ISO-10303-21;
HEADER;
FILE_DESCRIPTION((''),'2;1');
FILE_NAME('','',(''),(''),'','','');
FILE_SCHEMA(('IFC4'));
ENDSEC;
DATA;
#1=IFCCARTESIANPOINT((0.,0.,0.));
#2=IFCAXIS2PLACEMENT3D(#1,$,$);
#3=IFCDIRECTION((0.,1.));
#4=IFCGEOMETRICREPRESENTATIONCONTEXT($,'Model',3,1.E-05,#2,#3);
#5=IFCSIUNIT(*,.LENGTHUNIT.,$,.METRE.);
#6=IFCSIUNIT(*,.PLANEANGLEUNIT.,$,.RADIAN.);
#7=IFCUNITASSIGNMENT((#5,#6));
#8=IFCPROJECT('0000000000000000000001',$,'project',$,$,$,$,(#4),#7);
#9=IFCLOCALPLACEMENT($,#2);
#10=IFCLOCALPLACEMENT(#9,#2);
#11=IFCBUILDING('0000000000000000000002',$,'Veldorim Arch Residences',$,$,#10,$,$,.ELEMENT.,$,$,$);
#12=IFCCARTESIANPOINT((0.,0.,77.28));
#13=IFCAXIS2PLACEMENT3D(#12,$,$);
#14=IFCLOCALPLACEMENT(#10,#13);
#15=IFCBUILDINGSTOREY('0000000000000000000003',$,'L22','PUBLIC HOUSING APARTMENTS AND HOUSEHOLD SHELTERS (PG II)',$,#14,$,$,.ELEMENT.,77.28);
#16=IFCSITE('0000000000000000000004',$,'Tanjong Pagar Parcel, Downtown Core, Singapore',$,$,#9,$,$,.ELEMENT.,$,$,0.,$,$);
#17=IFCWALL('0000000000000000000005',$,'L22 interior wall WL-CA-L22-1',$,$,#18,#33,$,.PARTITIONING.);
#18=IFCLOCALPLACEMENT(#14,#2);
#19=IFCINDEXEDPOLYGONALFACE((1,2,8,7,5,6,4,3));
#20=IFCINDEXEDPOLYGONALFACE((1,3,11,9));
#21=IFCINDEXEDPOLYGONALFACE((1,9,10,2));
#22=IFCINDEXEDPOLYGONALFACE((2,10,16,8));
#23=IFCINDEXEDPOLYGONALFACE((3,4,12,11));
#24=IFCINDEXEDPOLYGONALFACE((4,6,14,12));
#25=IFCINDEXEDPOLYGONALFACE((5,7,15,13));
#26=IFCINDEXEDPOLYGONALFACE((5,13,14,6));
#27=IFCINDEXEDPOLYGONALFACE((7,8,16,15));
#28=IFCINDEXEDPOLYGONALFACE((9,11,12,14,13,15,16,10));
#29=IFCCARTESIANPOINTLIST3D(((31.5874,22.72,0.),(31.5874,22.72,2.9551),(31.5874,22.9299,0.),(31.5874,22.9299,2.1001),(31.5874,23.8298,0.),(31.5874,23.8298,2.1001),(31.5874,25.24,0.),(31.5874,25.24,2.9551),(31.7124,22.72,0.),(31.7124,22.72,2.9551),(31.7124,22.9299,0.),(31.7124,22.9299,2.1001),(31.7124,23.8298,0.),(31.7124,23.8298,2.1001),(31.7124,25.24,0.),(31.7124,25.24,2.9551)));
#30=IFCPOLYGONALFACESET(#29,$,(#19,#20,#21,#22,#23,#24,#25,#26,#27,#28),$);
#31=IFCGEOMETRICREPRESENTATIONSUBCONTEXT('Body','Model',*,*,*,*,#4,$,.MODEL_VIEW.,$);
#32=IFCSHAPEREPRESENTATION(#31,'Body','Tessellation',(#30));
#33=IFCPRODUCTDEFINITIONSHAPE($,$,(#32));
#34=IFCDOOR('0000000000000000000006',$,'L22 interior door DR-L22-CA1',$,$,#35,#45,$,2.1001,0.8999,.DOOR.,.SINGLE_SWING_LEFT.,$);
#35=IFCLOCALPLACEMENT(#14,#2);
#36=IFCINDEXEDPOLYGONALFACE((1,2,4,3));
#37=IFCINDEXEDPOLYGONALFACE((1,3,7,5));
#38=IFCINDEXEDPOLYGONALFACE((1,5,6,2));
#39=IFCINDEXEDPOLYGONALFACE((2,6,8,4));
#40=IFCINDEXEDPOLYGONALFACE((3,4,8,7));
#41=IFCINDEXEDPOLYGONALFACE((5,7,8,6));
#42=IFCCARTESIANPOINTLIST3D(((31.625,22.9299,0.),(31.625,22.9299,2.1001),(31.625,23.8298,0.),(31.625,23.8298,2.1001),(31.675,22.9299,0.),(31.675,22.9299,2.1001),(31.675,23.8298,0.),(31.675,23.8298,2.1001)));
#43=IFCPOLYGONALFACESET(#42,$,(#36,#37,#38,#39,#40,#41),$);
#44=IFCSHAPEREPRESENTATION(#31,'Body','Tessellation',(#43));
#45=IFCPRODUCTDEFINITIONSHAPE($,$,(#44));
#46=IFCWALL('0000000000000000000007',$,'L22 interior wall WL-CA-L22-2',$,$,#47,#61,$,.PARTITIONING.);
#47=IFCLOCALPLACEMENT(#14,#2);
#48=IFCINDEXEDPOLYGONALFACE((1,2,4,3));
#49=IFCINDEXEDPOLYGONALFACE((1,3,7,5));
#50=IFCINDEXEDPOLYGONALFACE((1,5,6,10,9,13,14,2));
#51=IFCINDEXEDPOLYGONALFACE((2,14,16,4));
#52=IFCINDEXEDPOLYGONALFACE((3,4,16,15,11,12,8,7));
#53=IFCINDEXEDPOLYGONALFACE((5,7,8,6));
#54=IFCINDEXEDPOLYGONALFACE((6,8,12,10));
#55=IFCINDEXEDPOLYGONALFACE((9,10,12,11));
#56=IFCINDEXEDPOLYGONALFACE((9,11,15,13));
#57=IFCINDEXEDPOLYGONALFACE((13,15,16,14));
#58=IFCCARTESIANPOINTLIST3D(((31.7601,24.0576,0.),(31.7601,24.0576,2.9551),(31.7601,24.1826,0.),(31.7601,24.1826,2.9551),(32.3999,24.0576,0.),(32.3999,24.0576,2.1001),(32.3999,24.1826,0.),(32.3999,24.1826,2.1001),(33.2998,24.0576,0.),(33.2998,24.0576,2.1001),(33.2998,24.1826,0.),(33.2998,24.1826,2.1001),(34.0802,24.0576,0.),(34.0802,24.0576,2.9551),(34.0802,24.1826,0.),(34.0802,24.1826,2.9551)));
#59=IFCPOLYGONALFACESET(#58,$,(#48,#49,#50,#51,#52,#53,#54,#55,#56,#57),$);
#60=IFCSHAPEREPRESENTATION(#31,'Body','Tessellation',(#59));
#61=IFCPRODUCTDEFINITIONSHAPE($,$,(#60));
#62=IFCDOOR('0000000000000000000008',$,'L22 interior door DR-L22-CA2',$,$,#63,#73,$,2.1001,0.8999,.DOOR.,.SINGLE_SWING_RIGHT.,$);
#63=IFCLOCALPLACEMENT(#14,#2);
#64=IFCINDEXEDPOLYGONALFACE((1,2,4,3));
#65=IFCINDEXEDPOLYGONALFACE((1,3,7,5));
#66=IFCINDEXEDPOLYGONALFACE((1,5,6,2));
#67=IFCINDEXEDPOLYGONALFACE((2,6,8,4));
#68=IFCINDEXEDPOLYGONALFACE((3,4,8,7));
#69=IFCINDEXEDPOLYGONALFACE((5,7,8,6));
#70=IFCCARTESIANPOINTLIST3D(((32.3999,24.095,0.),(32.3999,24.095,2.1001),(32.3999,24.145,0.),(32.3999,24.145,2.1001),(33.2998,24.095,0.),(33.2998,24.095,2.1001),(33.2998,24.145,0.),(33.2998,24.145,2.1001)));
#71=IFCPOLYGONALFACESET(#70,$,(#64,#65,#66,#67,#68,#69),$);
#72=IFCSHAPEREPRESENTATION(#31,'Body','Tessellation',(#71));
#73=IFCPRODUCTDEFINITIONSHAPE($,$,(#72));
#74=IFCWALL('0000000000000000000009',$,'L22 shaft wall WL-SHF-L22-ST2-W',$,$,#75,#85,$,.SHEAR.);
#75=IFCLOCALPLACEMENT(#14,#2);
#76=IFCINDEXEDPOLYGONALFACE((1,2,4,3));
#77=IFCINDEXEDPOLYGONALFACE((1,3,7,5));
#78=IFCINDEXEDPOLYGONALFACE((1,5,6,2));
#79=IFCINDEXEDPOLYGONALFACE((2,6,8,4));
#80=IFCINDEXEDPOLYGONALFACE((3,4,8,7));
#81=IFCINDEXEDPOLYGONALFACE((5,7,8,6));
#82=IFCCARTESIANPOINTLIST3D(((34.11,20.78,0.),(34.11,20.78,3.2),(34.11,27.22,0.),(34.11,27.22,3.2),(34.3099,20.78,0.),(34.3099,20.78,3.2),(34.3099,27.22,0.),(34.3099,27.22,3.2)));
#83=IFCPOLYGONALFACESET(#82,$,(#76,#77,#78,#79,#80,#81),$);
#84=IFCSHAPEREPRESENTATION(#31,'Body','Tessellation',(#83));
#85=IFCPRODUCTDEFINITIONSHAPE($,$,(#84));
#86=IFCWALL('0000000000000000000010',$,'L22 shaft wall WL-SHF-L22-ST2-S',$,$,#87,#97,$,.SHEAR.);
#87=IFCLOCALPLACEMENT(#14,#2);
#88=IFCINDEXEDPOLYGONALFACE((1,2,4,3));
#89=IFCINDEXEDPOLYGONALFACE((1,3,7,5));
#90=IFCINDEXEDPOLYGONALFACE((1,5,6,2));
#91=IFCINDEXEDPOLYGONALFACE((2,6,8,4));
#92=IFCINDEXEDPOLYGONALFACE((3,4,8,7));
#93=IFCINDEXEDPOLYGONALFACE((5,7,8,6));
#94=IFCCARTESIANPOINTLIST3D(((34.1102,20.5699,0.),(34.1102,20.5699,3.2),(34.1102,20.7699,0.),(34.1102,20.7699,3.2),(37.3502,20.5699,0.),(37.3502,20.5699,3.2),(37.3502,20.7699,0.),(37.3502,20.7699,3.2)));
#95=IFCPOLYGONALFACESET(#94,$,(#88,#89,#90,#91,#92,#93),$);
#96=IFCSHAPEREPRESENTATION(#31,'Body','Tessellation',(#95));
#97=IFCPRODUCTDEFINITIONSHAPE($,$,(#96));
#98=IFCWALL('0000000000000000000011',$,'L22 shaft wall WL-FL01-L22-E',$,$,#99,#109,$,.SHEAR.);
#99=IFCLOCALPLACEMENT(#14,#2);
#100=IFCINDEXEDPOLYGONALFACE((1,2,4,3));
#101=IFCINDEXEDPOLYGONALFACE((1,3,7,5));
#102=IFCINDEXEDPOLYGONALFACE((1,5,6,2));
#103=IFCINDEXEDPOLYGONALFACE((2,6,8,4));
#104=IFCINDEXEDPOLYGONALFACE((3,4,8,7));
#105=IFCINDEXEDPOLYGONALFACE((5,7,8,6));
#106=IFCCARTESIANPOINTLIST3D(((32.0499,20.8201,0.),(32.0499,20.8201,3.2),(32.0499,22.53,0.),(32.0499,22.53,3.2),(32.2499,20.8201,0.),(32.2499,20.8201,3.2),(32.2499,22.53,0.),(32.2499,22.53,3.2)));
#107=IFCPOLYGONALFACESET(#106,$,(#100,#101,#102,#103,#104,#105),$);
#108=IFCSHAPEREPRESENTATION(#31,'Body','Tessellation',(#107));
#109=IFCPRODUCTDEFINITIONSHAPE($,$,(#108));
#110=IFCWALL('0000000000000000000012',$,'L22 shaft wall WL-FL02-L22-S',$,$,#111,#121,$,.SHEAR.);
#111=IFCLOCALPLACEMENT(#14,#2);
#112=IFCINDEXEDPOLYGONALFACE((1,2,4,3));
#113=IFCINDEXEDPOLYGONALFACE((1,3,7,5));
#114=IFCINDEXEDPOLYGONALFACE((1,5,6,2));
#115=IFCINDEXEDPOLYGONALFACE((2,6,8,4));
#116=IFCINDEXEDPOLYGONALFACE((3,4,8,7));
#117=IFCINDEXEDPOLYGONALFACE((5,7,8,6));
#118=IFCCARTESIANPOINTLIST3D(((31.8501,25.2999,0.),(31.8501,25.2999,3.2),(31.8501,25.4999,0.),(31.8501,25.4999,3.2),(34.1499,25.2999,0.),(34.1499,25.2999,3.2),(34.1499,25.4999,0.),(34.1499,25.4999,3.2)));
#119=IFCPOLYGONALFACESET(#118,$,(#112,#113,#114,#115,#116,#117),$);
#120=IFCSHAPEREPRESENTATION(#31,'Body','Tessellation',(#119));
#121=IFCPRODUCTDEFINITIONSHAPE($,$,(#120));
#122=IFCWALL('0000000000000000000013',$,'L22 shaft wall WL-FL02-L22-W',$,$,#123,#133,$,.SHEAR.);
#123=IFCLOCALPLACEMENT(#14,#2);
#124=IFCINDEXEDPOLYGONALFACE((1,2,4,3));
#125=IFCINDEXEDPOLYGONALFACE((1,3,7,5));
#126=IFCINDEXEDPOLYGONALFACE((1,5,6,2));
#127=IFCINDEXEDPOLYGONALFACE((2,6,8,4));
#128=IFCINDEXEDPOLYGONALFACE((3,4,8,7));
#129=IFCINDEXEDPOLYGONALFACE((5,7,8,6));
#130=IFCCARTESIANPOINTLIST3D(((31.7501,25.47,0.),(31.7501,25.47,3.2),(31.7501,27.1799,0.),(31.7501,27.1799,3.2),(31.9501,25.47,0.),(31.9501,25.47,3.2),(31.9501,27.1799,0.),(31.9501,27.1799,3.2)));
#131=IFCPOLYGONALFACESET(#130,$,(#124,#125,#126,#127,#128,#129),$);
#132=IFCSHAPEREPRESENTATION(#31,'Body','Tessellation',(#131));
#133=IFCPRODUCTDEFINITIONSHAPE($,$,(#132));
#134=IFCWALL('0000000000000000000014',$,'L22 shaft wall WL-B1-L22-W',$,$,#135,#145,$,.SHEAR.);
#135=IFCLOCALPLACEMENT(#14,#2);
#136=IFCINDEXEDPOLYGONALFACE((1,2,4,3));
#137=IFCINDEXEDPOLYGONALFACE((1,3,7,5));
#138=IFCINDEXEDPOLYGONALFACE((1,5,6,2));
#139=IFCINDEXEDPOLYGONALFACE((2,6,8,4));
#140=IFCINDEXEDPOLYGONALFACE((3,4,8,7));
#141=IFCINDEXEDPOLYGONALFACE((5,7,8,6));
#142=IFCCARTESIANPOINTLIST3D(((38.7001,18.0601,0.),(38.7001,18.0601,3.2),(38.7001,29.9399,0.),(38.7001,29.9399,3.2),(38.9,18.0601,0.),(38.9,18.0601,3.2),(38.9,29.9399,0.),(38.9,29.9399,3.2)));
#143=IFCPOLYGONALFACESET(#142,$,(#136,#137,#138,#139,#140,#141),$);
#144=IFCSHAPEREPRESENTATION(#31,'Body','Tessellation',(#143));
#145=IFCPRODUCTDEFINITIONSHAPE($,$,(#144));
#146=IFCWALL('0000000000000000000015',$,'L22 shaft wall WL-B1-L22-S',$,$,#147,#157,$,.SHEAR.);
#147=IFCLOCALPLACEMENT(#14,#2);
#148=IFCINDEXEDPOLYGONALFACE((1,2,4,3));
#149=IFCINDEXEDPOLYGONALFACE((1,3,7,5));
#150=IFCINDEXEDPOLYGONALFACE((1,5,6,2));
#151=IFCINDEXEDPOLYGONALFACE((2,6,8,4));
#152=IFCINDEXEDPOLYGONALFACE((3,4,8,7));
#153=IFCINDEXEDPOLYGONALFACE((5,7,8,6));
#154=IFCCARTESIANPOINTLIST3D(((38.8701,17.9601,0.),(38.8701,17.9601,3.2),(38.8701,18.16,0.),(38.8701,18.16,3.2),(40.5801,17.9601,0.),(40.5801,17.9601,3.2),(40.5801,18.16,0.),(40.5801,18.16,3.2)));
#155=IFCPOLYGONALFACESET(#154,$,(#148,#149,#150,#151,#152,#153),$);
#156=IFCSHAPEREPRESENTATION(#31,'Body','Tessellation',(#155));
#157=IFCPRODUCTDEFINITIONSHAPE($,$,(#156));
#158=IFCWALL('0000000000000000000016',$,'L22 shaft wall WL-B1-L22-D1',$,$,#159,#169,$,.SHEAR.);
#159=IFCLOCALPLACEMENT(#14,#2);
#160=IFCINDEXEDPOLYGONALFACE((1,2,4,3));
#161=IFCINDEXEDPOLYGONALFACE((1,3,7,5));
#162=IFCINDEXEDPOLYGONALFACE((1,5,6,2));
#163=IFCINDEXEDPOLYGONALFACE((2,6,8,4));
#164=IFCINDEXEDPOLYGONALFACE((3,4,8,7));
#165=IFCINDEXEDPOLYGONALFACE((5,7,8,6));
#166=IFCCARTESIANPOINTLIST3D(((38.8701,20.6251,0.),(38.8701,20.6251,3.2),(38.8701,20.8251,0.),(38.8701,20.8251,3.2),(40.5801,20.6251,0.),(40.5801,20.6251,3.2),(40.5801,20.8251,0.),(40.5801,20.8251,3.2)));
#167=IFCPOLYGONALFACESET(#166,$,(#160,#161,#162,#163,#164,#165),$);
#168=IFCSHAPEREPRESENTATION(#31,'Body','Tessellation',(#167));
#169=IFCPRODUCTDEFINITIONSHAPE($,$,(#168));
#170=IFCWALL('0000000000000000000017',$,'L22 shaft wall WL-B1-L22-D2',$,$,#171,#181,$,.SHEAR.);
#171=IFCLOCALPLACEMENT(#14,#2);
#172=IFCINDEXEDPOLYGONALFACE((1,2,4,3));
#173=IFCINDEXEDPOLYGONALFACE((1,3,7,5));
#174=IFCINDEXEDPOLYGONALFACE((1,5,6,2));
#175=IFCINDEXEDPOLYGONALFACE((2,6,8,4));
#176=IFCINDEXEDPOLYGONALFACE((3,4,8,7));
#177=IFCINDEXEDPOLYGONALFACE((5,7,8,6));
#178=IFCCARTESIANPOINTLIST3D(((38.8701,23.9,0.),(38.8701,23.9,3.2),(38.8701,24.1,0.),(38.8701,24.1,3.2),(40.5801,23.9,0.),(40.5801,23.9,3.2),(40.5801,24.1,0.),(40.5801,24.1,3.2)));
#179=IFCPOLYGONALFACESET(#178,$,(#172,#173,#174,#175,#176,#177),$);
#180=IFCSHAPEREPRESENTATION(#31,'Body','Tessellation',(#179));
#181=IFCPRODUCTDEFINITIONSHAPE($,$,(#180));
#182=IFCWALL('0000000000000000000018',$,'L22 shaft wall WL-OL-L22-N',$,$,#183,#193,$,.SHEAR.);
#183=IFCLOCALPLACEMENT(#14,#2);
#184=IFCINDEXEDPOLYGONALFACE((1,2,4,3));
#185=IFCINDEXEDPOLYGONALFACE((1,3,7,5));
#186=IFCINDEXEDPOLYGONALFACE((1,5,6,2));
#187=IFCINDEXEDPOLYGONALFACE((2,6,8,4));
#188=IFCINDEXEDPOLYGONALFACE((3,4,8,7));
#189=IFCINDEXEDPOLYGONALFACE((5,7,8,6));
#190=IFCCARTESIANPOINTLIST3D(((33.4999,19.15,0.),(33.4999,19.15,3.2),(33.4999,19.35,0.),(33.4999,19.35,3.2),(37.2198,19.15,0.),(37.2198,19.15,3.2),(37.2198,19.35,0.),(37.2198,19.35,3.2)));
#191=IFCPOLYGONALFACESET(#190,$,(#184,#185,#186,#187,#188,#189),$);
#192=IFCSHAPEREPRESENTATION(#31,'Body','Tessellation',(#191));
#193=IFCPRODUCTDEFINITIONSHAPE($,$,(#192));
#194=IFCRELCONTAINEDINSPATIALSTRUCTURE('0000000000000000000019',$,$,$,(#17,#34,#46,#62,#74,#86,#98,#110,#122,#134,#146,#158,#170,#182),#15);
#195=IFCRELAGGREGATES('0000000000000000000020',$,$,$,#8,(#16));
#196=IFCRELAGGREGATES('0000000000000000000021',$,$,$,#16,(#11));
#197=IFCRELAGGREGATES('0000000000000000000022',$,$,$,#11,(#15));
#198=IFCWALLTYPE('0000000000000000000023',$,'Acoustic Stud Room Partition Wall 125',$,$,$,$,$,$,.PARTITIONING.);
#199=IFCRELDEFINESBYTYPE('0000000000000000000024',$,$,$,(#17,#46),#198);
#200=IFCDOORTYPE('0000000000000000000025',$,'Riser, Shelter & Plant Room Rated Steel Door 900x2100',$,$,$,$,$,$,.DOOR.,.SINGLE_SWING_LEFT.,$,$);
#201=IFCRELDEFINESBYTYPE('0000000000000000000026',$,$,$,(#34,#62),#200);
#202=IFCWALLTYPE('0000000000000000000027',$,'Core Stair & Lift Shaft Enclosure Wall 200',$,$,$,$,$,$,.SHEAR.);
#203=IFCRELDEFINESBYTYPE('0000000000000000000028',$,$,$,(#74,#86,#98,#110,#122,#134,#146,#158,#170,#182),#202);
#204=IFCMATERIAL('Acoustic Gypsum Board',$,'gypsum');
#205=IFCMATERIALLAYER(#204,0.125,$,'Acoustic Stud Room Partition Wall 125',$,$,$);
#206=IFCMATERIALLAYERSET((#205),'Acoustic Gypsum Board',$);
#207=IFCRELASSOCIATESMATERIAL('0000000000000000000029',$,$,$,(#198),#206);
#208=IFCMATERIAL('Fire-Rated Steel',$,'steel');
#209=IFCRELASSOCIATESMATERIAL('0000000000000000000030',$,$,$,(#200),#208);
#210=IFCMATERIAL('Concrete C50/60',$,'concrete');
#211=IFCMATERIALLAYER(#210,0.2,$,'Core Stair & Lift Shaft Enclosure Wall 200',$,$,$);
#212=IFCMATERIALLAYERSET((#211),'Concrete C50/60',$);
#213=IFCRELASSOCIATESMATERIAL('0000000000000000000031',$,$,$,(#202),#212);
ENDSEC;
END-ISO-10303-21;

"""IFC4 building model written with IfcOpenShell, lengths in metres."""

from ifc_helpers import new_model, si_unit, direction, frame, frame_2d, origin, place, context, subcontext, project, spatial, rectangle, extrude, material, layer, layer_set, type_object, element, fill, save


model = new_model("IFC4")

# Units and contexts
model_context = context("Model", 3, precision=1e-05, world=origin(), true_north=direction((0.0, 1.0)))
body_context = subcontext(model_context, "Body", "Model", "MODEL_VIEW")
ifc_project = project(units=[si_unit("LENGTHUNIT", "METRE"), si_unit("PLANEANGLEUNIT", "RADIAN")], contexts=[model_context])

# Site, building, storey
site_placement = place(None, origin())
site = spatial("IfcSite", under=ifc_project, at=site_placement, Name="Tanjong Pagar Parcel, Downtown Core, Singapore", CompositionType="ELEMENT", RefElevation=0.0)
building_placement = place(site_placement, origin())
building = spatial("IfcBuilding", under=site, at=building_placement, Name="Veldorim Arch Residences", CompositionType="ELEMENT")
storey_placement = place(building_placement, frame((0.0, 0.0, 77.28)))
storey = spatial("IfcBuildingStorey", under=building, at=storey_placement, Name="L22", Description="PUBLIC HOUSING APARTMENTS AND HOUSEHOLD SHELTERS (PG II)", CompositionType="ELEMENT", Elevation=77.28)

# Walls, openings, doors
ifc_material_1 = material(Name="Acoustic Gypsum Board", Category="gypsum")
ifc_layer_1 = layer(ifc_material_1, 0.125, Name="Acoustic Stud Room Partition Wall 125")
ifc_layer_set_1 = layer_set([ifc_layer_1], Name="Acoustic Gypsum Board")
wall_type_1 = type_object("IfcWallType", Name="Acoustic Stud Room Partition Wall 125", PredefinedType="PARTITIONING", material=ifc_layer_set_1)
wall_1_placement = place(storey_placement, frame((31.6499, 22.72, 0.0), z_axis=(0.0, 0.0, 1.0), x_axis=(0.0, 1.0, 0.0)))
wall_1 = element("IfcWall", 1, at=wall_1_placement, inside=storey, type_object=wall_type_1, Name="L22 interior wall WL-CA-L22-1", PredefinedType="PARTITIONING", context=body_context, shape_type="SweptSolid", body=[
    extrude(rectangle(XDim=2.52, YDim=0.125, at=frame_2d((1.26, 0.0))), origin(), (0.0, 0.0, 1.0), 2.9551),
])
opening_1_placement = place(wall_1_placement, frame((0.21, 0.0, 0.0)))
opening_1 = element("IfcOpeningElement", 2, at=opening_1_placement, cuts=wall_1, PredefinedType="OPENING", context=body_context, shape_type="SweptSolid", body=[
    extrude(rectangle(XDim=0.8999, YDim=2.1001, at=frame_2d((0.45, 1.05))), frame((0.0, 0.0725, 0.0), z_axis=(0.0, -1.0, 0.0), x_axis=(1.0, 0.0, 0.0)), (0.0, 0.0, 1.0), 0.145),
])
ifc_material_2 = material(Name="Fire-Rated Steel", Category="steel")
door_type = type_object("IfcDoorType", Name="Riser, Shelter & Plant Room Rated Steel Door 900x2100", OperationType="SINGLE_SWING_LEFT", PredefinedType="DOOR", material=ifc_material_2)
door_1_placement = place(opening_1_placement, origin())
door_1 = element("IfcDoor", 3, at=door_1_placement, inside=storey, type_object=door_type, Name="L22 interior door DR-L22-CA1", OperationType="SINGLE_SWING_LEFT", OverallHeight=2.1001, OverallWidth=0.8999, PredefinedType="DOOR", context=body_context, shape_type="SweptSolid", body=[
    extrude(rectangle(XDim=0.8999, YDim=2.1001, at=frame_2d((0.45, 1.05))), frame((0.0, 0.0249, 0.0), z_axis=(0.0, -1.0, 0.0), x_axis=(1.0, 0.0, 0.0)), (0.0, 0.0, 1.0), 0.05),
])
fill(opening_1, door_1)
wall_2_placement = place(storey_placement, frame((31.76, 24.1201, 0.0), z_axis=(0.0, 0.0, 1.0), x_axis=(1.0, 0.0, 0.0)))
wall_2 = element("IfcWall", 4, at=wall_2_placement, inside=storey, type_object=wall_type_1, Name="L22 interior wall WL-CA-L22-2", PredefinedType="PARTITIONING", context=body_context, shape_type="SweptSolid", body=[
    extrude(rectangle(XDim=2.3201, YDim=0.125, at=frame_2d((1.1602, 0.0))), origin(), (0.0, 0.0, 1.0), 2.9551),
])
opening_2_placement = place(wall_2_placement, frame((0.6399, 0.0, 0.0)))
opening_2 = element("IfcOpeningElement", 5, at=opening_2_placement, cuts=wall_2, PredefinedType="OPENING", context=body_context, shape_type="SweptSolid", body=[
    extrude(rectangle(XDim=0.8999, YDim=2.1001, at=frame_2d((0.45, 1.05))), frame((0.0, 0.0725, 0.0), z_axis=(0.0, -1.0, 0.0), x_axis=(1.0, 0.0, 0.0)), (0.0, 0.0, 1.0), 0.145),
])
door_2_placement = place(opening_2_placement, origin())
door_2 = element("IfcDoor", 6, at=door_2_placement, inside=storey, type_object=door_type, Name="L22 interior door DR-L22-CA2", OperationType="SINGLE_SWING_RIGHT", OverallHeight=2.1001, OverallWidth=0.8999, PredefinedType="DOOR", context=body_context, shape_type="SweptSolid", body=[
    extrude(rectangle(XDim=0.8999, YDim=2.1001, at=frame_2d((0.45, 1.05))), frame((0.0, 0.0249, 0.0), z_axis=(0.0, -1.0, 0.0), x_axis=(1.0, 0.0, 0.0)), (0.0, 0.0, 1.0), 0.05),
])
fill(opening_2, door_2)

# Walls
ifc_material_3 = material(Name="Concrete C50/60", Category="concrete")
ifc_layer_2 = layer(ifc_material_3, 0.2, Name="Core Stair & Lift Shaft Enclosure Wall 200")
ifc_layer_set_2 = layer_set([ifc_layer_2], Name="Concrete C50/60")
wall_type_2 = type_object("IfcWallType", Name="Core Stair & Lift Shaft Enclosure Wall 200", PredefinedType="SHEAR", material=ifc_layer_set_2)
wall_3_placement = place(storey_placement, frame((34.21, 20.78, 0.0), z_axis=(0.0, 0.0, 1.0), x_axis=(0.0, 1.0, 0.0)))
element("IfcWall", 7, at=wall_3_placement, inside=storey, type_object=wall_type_2, Name="L22 shaft wall WL-SHF-L22-ST2-W", PredefinedType="SHEAR", context=body_context, shape_type="SweptSolid", body=[
    extrude(rectangle(XDim=6.4399, YDim=0.2, at=frame_2d((3.22, 0.0))), origin(), (0.0, 0.0, 1.0), 3.2),
])
wall_4_placement = place(storey_placement, frame((34.1101, 20.6699, 0.0), z_axis=(0.0, 0.0, 1.0), x_axis=(1.0, 0.0, 0.0)))
element("IfcWall", 8, at=wall_4_placement, inside=storey, type_object=wall_type_2, Name="L22 shaft wall WL-SHF-L22-ST2-S", PredefinedType="SHEAR", context=body_context, shape_type="SweptSolid", body=[
    extrude(rectangle(XDim=3.24, YDim=0.2, at=frame_2d((1.6201, 0.0))), origin(), (0.0, 0.0, 1.0), 3.2),
])
wall_5_placement = place(storey_placement, frame((32.1499, 20.8201, 0.0), z_axis=(0.0, 0.0, 1.0), x_axis=(0.0, 1.0, 0.0)))
element("IfcWall", 9, at=wall_5_placement, inside=storey, type_object=wall_type_2, Name="L22 shaft wall WL-FL01-L22-E", PredefinedType="SHEAR", context=body_context, shape_type="SweptSolid", body=[
    extrude(rectangle(XDim=1.71, YDim=0.2, at=frame_2d((0.855, 0.0))), origin(), (0.0, 0.0, 1.0), 3.2),
])
wall_6_placement = place(storey_placement, frame((31.8501, 25.3999, 0.0), z_axis=(0.0, 0.0, 1.0), x_axis=(1.0, 0.0, 0.0)))
element("IfcWall", 10, at=wall_6_placement, inside=storey, type_object=wall_type_2, Name="L22 shaft wall WL-FL02-L22-S", PredefinedType="SHEAR", context=body_context, shape_type="SweptSolid", body=[
    extrude(rectangle(XDim=2.2998, YDim=0.2, at=frame_2d((1.1499, 0.0))), origin(), (0.0, 0.0, 1.0), 3.2),
])
wall_7_placement = place(storey_placement, frame((31.8501, 25.47, 0.0), z_axis=(0.0, 0.0, 1.0), x_axis=(0.0, 1.0, 0.0)))
element("IfcWall", 11, at=wall_7_placement, inside=storey, type_object=wall_type_2, Name="L22 shaft wall WL-FL02-L22-W", PredefinedType="SHEAR", context=body_context, shape_type="SweptSolid", body=[
    extrude(rectangle(XDim=1.71, YDim=0.2, at=frame_2d((0.855, 0.0))), origin(), (0.0, 0.0, 1.0), 3.2),
])
wall_8_placement = place(storey_placement, frame((38.8, 18.0601, 0.0), z_axis=(0.0, 0.0, 1.0), x_axis=(0.0, 1.0, 0.0)))
element("IfcWall", 12, at=wall_8_placement, inside=storey, type_object=wall_type_2, Name="L22 shaft wall WL-B1-L22-W", PredefinedType="SHEAR", context=body_context, shape_type="SweptSolid", body=[
    extrude(rectangle(XDim=11.8799, YDim=0.2, at=frame_2d((5.9399, 0.0))), origin(), (0.0, 0.0, 1.0), 3.2),
])
for number, where, z_axis, x_axis, name in (
    (13, (38.8701, 18.0601, 0.0), (0.0, 0.0, 1.0), (1.0, 0.0, 0.0), "L22 shaft wall WL-B1-L22-S"),
    (14, (38.8701, 20.7251, 0.0), (0.0, 0.0, 1.0), (1.0, 0.0, 0.0), "L22 shaft wall WL-B1-L22-D1"),
    (15, (38.8701, 24.0, 0.0), (0.0, 0.0, 1.0), (1.0, 0.0, 0.0), "L22 shaft wall WL-B1-L22-D2"),
):
    element("IfcWall", number, at=place(storey_placement, frame(where, z_axis=z_axis, x_axis=x_axis)), inside=storey, type_object=wall_type_2, Name=name, PredefinedType="SHEAR", context=body_context, shape_type="SweptSolid", body=[
        extrude(rectangle(XDim=1.71, YDim=0.2, at=frame_2d((0.855, 0.0))), origin(), (0.0, 0.0, 1.0), 3.2),
    ])
wall_9_placement = place(storey_placement, frame((33.5, 19.25, 0.0), z_axis=(0.0, 0.0, 1.0), x_axis=(1.0, 0.0, 0.0)))
element("IfcWall", 16, at=wall_9_placement, inside=storey, type_object=wall_type_2, Name="L22 shaft wall WL-OL-L22-N", PredefinedType="SHEAR", context=body_context, shape_type="SweptSolid", body=[
    extrude(rectangle(XDim=3.72, YDim=0.2, at=frame_2d((1.8599, 0.0))), origin(), (0.0, 0.0, 1.0), 3.2),
])

save(model, "model.ifc")
